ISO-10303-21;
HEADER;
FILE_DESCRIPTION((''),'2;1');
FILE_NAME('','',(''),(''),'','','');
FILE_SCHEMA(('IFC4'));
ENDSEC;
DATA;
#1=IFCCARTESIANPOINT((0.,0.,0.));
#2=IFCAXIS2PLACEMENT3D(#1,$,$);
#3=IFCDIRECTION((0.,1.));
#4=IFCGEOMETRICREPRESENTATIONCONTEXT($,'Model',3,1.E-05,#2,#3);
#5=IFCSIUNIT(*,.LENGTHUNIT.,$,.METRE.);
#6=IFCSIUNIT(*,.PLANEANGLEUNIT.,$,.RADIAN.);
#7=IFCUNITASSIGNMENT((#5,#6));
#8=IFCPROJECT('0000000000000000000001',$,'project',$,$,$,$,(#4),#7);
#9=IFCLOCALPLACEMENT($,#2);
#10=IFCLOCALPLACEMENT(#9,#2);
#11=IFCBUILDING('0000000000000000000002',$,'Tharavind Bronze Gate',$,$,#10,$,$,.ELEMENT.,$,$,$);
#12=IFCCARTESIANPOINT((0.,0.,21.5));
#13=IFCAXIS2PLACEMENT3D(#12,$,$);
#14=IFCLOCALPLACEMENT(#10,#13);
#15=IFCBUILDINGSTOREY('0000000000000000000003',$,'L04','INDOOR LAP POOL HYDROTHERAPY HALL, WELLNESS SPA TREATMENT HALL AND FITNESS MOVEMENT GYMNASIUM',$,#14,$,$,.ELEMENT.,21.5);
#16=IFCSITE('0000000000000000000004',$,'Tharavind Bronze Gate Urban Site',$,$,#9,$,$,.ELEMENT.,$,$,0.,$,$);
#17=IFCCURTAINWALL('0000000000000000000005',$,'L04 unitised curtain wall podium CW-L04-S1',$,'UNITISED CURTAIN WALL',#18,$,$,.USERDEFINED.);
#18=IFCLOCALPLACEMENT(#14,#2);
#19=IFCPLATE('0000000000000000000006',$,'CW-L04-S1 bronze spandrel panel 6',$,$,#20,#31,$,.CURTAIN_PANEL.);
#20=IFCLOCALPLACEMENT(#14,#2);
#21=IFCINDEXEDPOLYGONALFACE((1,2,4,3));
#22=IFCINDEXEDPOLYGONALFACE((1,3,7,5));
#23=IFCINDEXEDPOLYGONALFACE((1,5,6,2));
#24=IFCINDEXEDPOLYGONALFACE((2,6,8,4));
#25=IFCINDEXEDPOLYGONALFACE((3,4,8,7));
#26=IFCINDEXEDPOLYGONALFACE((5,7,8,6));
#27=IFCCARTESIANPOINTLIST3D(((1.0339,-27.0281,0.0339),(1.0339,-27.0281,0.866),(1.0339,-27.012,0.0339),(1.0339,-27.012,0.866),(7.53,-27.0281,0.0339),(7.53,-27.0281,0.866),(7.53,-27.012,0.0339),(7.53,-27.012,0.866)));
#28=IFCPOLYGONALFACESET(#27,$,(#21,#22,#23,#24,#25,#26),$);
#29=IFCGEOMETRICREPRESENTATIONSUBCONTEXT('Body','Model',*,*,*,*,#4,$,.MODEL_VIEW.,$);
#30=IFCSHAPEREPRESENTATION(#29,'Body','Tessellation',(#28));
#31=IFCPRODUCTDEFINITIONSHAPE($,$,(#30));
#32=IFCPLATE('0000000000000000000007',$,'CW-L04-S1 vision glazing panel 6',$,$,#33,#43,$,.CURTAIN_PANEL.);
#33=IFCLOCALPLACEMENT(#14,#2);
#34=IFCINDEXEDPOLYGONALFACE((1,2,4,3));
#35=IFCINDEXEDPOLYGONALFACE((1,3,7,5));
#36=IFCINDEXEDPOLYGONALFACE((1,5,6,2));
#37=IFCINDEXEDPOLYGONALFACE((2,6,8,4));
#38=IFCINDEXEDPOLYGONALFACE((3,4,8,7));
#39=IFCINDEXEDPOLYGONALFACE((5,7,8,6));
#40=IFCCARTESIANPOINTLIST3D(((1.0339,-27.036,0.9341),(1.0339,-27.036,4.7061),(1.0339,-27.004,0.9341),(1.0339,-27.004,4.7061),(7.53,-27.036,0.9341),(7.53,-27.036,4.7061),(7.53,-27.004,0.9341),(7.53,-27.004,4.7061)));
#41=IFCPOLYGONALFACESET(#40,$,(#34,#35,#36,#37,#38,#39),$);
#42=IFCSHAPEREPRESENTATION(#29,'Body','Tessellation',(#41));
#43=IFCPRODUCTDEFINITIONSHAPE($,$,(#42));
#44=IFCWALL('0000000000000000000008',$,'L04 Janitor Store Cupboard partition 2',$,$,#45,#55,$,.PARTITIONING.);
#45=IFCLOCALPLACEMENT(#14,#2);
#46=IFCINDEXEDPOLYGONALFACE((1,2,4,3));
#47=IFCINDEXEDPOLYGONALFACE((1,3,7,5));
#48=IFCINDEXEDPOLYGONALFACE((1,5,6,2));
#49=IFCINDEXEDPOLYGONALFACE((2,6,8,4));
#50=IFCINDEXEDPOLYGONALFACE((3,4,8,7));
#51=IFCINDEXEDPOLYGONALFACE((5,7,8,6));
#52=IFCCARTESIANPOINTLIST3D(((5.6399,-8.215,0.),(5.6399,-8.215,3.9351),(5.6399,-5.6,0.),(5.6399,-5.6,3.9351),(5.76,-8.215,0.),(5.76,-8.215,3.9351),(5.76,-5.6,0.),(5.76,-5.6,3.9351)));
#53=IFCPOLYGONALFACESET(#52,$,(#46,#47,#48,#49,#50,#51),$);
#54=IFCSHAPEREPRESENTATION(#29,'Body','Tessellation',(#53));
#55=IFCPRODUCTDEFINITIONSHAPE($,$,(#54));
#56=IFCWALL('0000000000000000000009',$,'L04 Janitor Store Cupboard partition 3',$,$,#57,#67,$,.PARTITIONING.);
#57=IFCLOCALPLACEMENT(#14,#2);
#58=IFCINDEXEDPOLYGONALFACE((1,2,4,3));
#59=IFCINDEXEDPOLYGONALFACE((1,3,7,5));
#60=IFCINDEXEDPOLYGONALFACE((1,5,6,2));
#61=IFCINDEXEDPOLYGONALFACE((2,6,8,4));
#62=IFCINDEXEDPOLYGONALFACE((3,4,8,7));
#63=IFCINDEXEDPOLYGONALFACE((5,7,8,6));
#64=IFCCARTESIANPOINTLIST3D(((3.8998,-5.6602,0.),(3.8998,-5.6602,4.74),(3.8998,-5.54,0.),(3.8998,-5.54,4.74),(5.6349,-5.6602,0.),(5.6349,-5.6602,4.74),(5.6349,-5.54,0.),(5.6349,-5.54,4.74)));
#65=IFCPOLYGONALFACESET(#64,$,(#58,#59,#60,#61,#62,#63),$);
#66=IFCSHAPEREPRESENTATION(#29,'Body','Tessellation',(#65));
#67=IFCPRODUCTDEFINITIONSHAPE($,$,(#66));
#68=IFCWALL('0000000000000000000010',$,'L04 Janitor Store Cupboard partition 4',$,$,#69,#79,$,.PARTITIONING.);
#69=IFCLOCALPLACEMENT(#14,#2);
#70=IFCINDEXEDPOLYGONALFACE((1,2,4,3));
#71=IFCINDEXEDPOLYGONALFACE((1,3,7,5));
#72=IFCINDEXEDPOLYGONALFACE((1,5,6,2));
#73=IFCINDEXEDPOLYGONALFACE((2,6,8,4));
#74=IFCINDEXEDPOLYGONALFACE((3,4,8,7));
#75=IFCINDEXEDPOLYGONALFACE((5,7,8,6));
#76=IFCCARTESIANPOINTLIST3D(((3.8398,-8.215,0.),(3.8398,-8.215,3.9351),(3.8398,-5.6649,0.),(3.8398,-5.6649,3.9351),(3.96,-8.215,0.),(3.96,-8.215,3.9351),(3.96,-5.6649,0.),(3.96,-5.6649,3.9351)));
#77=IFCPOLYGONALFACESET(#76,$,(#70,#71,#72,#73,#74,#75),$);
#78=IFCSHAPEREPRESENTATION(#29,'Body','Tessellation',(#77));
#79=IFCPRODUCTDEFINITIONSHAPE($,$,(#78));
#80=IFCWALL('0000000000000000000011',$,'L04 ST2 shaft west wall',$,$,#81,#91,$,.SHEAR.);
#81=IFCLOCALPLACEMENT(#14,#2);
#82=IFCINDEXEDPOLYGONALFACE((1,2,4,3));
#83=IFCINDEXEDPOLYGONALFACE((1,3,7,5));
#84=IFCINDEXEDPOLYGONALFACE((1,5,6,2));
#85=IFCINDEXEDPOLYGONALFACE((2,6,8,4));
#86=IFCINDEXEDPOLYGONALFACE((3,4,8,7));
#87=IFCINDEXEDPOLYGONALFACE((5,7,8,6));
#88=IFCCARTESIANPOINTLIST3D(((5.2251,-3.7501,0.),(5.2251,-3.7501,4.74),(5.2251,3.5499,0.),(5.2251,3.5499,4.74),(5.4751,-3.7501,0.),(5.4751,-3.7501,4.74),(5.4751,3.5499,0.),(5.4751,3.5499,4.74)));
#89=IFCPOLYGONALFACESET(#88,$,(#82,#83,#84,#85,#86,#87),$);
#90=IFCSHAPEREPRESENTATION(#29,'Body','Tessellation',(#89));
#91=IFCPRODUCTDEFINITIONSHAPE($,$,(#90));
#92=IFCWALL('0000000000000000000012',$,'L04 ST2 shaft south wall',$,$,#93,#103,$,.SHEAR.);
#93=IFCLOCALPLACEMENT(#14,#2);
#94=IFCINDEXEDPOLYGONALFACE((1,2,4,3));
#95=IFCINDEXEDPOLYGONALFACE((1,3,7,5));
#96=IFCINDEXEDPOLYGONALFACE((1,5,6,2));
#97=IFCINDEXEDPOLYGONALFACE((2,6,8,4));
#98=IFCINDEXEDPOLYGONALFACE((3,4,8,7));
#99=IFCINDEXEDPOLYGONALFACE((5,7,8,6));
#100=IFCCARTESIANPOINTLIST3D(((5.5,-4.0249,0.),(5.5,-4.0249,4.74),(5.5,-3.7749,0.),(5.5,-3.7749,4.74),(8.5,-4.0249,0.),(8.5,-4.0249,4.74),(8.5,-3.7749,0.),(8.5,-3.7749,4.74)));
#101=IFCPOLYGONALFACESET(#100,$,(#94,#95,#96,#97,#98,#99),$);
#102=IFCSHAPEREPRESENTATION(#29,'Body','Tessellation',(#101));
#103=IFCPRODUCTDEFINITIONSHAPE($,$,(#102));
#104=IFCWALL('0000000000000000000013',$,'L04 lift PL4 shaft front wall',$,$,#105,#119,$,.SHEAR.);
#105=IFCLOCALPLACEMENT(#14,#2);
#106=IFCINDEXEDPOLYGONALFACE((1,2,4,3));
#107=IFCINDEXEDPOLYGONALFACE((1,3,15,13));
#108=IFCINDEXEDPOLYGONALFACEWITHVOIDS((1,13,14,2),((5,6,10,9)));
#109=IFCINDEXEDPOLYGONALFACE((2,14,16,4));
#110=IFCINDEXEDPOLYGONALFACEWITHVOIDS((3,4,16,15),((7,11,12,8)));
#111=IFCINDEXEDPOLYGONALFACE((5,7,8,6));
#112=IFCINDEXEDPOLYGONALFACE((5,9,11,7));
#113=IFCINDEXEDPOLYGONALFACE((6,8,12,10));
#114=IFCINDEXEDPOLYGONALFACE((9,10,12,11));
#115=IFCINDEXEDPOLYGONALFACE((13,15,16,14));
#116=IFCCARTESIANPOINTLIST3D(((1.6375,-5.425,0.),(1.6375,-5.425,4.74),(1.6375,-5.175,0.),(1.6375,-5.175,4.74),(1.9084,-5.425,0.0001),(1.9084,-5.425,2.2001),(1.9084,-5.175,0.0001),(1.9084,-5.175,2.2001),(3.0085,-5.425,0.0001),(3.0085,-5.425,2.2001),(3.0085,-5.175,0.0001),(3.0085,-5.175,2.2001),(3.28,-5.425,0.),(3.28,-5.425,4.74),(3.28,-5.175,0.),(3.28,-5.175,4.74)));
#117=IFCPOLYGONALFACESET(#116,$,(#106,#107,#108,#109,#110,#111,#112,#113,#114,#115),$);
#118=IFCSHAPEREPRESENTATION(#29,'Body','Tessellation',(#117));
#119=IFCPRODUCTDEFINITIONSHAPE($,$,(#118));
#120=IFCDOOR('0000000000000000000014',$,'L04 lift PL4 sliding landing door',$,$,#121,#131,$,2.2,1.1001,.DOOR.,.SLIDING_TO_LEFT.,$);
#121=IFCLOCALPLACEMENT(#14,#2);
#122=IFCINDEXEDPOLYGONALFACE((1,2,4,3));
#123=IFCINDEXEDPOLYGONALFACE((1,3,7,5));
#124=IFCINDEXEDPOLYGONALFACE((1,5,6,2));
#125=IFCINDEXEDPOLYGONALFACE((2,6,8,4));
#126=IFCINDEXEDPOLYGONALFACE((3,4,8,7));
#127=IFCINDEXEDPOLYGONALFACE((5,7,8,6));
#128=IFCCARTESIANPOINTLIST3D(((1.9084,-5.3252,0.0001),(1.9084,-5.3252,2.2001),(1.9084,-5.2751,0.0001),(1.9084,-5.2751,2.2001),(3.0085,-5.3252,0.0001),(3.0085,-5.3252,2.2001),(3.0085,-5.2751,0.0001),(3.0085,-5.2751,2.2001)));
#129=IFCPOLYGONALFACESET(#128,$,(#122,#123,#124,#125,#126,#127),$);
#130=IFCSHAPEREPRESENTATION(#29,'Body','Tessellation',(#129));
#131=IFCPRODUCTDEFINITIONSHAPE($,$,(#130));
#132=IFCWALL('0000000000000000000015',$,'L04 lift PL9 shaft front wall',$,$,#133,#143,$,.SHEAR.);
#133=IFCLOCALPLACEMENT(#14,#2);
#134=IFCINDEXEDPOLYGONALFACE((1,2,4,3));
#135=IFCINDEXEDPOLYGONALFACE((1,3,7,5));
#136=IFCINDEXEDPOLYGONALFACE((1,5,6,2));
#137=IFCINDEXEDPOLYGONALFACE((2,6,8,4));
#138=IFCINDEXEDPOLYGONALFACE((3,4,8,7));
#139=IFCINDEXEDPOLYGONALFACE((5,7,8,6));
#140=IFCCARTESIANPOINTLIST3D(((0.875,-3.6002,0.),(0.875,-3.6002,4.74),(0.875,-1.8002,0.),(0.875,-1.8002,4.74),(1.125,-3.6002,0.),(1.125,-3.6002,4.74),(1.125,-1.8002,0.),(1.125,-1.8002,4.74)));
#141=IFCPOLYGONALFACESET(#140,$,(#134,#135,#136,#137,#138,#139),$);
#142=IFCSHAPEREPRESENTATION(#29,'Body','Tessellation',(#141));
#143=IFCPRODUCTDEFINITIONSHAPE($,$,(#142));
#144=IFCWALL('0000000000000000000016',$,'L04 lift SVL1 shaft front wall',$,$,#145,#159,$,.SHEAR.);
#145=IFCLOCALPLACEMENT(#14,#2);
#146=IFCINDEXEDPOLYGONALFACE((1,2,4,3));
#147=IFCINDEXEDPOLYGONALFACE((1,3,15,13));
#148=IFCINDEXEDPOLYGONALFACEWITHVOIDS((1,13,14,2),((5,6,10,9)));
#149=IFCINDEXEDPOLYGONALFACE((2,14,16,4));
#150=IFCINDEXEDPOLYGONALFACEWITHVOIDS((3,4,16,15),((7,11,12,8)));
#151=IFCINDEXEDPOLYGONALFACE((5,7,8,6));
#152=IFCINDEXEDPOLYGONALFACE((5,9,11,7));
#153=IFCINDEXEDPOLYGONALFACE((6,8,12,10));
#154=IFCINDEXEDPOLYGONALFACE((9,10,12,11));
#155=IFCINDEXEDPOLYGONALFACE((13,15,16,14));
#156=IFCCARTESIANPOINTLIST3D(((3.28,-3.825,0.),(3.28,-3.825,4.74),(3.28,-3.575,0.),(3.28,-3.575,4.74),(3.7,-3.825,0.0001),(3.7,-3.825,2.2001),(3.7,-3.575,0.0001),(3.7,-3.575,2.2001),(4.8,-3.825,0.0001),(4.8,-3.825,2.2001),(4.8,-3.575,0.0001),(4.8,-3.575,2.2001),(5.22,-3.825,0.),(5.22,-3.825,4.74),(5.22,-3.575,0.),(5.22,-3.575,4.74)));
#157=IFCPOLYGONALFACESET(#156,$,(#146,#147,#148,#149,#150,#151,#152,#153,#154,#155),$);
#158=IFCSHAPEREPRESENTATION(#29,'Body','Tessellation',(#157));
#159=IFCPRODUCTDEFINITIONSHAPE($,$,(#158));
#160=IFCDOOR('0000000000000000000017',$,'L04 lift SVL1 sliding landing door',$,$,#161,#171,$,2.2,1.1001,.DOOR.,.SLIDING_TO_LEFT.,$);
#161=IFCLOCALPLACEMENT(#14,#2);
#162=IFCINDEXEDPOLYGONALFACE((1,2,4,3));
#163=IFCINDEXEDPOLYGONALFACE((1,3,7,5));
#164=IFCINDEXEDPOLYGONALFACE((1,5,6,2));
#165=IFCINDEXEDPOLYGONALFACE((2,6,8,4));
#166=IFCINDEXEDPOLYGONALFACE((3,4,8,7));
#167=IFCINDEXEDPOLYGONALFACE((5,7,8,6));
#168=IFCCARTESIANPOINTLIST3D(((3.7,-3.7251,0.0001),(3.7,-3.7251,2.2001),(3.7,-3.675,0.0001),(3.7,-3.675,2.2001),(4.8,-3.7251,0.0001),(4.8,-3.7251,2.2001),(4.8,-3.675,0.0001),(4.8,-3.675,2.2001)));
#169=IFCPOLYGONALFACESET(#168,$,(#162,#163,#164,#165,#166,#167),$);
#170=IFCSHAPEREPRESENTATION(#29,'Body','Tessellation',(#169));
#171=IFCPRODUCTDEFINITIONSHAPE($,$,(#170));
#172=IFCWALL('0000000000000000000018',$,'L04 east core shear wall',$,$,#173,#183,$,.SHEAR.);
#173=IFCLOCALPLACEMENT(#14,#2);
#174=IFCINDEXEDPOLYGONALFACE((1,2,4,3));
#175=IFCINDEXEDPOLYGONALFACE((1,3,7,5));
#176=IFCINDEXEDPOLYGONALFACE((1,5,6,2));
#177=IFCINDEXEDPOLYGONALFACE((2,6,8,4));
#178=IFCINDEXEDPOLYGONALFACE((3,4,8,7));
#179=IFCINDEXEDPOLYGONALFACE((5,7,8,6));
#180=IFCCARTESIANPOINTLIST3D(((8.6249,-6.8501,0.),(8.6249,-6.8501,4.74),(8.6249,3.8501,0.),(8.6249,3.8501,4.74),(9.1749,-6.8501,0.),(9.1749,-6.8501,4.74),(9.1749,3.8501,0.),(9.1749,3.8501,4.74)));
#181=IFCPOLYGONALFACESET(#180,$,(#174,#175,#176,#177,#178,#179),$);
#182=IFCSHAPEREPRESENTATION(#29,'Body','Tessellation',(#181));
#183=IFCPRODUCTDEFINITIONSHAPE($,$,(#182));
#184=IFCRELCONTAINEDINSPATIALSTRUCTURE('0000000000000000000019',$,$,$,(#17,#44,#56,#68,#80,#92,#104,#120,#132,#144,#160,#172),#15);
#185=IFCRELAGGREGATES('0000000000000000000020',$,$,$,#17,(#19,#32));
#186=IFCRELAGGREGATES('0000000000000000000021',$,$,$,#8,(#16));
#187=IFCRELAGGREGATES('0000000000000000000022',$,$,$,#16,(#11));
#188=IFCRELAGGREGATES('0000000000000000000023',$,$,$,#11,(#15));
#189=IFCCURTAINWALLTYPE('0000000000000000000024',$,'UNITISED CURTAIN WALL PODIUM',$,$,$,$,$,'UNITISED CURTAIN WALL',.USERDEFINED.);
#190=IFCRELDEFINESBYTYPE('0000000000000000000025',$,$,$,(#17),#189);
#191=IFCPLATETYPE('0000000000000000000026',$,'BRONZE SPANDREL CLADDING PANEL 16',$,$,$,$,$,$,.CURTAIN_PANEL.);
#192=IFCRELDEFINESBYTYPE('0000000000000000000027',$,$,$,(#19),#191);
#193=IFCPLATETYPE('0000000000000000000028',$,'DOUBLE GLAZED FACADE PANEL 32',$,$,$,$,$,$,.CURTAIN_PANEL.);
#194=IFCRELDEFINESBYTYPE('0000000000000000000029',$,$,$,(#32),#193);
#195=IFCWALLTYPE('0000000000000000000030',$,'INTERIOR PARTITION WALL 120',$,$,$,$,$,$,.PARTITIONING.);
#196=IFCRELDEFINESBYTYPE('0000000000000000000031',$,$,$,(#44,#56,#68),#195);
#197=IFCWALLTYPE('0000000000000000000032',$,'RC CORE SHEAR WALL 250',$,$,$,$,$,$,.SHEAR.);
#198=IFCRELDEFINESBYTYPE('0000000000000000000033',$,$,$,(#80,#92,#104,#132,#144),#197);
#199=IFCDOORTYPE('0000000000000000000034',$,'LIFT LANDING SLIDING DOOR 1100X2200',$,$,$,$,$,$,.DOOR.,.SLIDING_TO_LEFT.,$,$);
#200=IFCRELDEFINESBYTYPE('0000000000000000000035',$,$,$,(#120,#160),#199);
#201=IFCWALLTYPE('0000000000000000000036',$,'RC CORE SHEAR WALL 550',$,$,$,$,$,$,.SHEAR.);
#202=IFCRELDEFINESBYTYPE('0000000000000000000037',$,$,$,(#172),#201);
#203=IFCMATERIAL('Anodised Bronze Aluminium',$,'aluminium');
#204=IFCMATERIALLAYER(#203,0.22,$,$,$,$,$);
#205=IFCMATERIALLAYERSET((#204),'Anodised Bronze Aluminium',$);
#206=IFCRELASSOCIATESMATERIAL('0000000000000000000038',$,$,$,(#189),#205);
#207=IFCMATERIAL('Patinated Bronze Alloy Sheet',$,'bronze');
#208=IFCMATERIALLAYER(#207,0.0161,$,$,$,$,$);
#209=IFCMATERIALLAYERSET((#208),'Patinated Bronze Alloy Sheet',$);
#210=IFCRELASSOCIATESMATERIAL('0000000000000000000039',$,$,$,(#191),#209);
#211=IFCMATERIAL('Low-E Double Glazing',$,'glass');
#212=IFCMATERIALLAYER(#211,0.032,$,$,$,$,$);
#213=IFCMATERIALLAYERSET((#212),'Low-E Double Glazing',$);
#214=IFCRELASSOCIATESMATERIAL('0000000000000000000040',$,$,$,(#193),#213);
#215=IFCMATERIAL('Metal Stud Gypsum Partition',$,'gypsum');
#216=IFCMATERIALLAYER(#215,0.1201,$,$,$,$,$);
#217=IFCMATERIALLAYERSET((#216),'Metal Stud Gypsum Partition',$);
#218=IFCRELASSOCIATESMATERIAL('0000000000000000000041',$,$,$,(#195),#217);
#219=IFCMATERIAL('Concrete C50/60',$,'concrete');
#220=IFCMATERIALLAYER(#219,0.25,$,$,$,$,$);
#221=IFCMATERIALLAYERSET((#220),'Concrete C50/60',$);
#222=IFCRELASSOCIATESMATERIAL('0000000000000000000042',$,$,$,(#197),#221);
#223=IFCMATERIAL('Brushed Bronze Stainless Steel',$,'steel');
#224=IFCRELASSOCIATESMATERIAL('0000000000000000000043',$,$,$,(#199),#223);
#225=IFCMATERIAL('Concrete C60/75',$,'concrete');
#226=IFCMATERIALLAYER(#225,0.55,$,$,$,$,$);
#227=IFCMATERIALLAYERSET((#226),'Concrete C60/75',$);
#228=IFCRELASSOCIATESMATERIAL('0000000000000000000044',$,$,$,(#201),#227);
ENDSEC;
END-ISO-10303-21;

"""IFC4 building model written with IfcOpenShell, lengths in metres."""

from ifc_helpers import new_model, si_unit, direction, frame, frame_2d, origin, origin_2d, place, context, subcontext, project, spatial, rectangle, extrude, material, layer, layer_set, type_object, element, fill, aggregate, save


model = new_model("IFC4")

# Units and contexts
model_context = context("Model", 3, precision=1e-05, world=origin(), true_north=direction((0.0, 1.0)))
body_context = subcontext(model_context, "Body", "Model", "MODEL_VIEW")
ifc_project = project(units=[si_unit("LENGTHUNIT", "METRE"), si_unit("PLANEANGLEUNIT", "RADIAN")], contexts=[model_context])

# Site, building, storey
site_placement = place(None, origin())
site = spatial("IfcSite", under=ifc_project, at=site_placement, Name="Tharavind Bronze Gate Urban Site", CompositionType="ELEMENT", RefElevation=0.0)
building_placement = place(site_placement, origin())
building = spatial("IfcBuilding", under=site, at=building_placement, Name="Tharavind Bronze Gate", CompositionType="ELEMENT")
storey_placement = place(building_placement, frame((0.0, 0.0, 21.5)))
storey = spatial("IfcBuildingStorey", under=building, at=storey_placement, Name="L04", Description="INDOOR LAP POOL HYDROTHERAPY HALL, WELLNESS SPA TREATMENT HALL AND FITNESS MOVEMENT GYMNASIUM", CompositionType="ELEMENT", Elevation=21.5)

# Curtain wall
ifc_material_1 = material(Name="Anodised Bronze Aluminium", Category="aluminium")
ifc_layer_1 = layer(ifc_material_1, 0.22)
ifc_layer_set_1 = layer_set([ifc_layer_1], Name="Anodised Bronze Aluminium")
curtain_wall_type = type_object("IfcCurtainWallType", Name="UNITISED CURTAIN WALL PODIUM", ElementType="UNITISED CURTAIN WALL", PredefinedType="USERDEFINED", material=ifc_layer_set_1)
curtain_wall_placement = place(storey_placement, origin())
curtain_wall = element("IfcCurtainWall", 1, at=curtain_wall_placement, inside=storey, type_object=curtain_wall_type, Name="L04 unitised curtain wall podium CW-L04-S1", ObjectType="UNITISED CURTAIN WALL", PredefinedType="USERDEFINED")

# Plates
ifc_material_2 = material(Name="Patinated Bronze Alloy Sheet", Category="bronze")
ifc_layer_2 = layer(ifc_material_2, 0.0161)
ifc_layer_set_2 = layer_set([ifc_layer_2], Name="Patinated Bronze Alloy Sheet")
plate_type_1 = type_object("IfcPlateType", Name="BRONZE SPANDREL CLADDING PANEL 16", PredefinedType="CURTAIN_PANEL", material=ifc_layer_set_2)
plate_1_placement = place(storey_placement, frame((4.282, -27.02, 0.0339), z_axis=(0.0, 0.0, 1.0), x_axis=(1.0, 0.0, 0.0)))
plate_1 = element("IfcPlate", 2, at=plate_1_placement, type_object=plate_type_1, Name="CW-L04-S1 bronze spandrel panel 6", PredefinedType="CURTAIN_PANEL", context=body_context, shape_type="SweptSolid", body=[
    extrude(rectangle(XDim=6.4961, YDim=0.0161, at=origin_2d()), origin(), (0.0, 0.0, 1.0), 0.832),
])
ifc_material_3 = material(Name="Low-E Double Glazing", Category="glass")
ifc_layer_3 = layer(ifc_material_3, 0.032)
ifc_layer_set_3 = layer_set([ifc_layer_3], Name="Low-E Double Glazing")
plate_type_2 = type_object("IfcPlateType", Name="DOUBLE GLAZED FACADE PANEL 32", PredefinedType="CURTAIN_PANEL", material=ifc_layer_set_3)
plate_2_placement = place(storey_placement, frame((4.282, -27.02, 0.9341), z_axis=(0.0, 0.0, 1.0), x_axis=(1.0, 0.0, 0.0)))
plate_2 = element("IfcPlate", 3, at=plate_2_placement, type_object=plate_type_2, Name="CW-L04-S1 vision glazing panel 6", PredefinedType="CURTAIN_PANEL", context=body_context, shape_type="SweptSolid", body=[
    extrude(rectangle(XDim=6.4961, YDim=0.032, at=origin_2d()), origin(), (0.0, 0.0, 1.0), 3.772),
])
aggregate(curtain_wall, [plate_1, plate_2])

# Walls
ifc_material_4 = material(Name="Metal Stud Gypsum Partition", Category="gypsum")
ifc_layer_4 = layer(ifc_material_4, 0.1201)
ifc_layer_set_4 = layer_set([ifc_layer_4], Name="Metal Stud Gypsum Partition")
wall_type_1 = type_object("IfcWallType", Name="INTERIOR PARTITION WALL 120", PredefinedType="PARTITIONING", material=ifc_layer_set_4)
wall_1_placement = place(storey_placement, frame((5.7, -8.2151, 0.0), z_axis=(0.0, 0.0, 1.0), x_axis=(0.0, 1.0, 0.0)))
element("IfcWall", 4, at=wall_1_placement, inside=storey, type_object=wall_type_1, Name="L04 Janitor Store Cupboard partition 2", PredefinedType="PARTITIONING", context=body_context, shape_type="SweptSolid", body=[
    extrude(rectangle(XDim=2.615, YDim=0.1201, at=frame_2d((1.3076, 0.0))), origin(), (0.0, 0.0, 1.0), 3.9351),
])
wall_2_placement = place(storey_placement, frame((5.635, -5.6001, 0.0), z_axis=(0.0, 0.0, 1.0), x_axis=(-1.0, 0.0, 0.0)))
element("IfcWall", 5, at=wall_2_placement, inside=storey, type_object=wall_type_1, Name="L04 Janitor Store Cupboard partition 3", PredefinedType="PARTITIONING", context=body_context, shape_type="SweptSolid", body=[
    extrude(rectangle(XDim=1.7351, YDim=0.1201, at=frame_2d((0.8677, 0.0))), origin(), (0.0, 0.0, 1.0), 4.74),
])
wall_3_placement = place(storey_placement, frame((3.8999, -5.665, 0.0), z_axis=(0.0, 0.0, 1.0), x_axis=(0.0, -1.0, 0.0)))
element("IfcWall", 6, at=wall_3_placement, inside=storey, type_object=wall_type_1, Name="L04 Janitor Store Cupboard partition 4", PredefinedType="PARTITIONING", context=body_context, shape_type="SweptSolid", body=[
    extrude(rectangle(XDim=2.55, YDim=0.1201, at=frame_2d((1.2749, 0.0))), origin(), (0.0, 0.0, 1.0), 3.9351),
])
ifc_material_5 = material(Name="Concrete C50/60", Category="concrete")
ifc_layer_5 = layer(ifc_material_5, 0.25)
ifc_layer_set_5 = layer_set([ifc_layer_5], Name="Concrete C50/60")
wall_type_2 = type_object("IfcWallType", Name="RC CORE SHEAR WALL 250", PredefinedType="SHEAR", material=ifc_layer_set_5)
wall_4_placement = place(storey_placement, frame((5.3501, -3.75, 0.0), z_axis=(0.0, 0.0, 1.0), x_axis=(0.0, 1.0, 0.0)))
element("IfcWall", 7, at=wall_4_placement, inside=storey, type_object=wall_type_2, Name="L04 ST2 shaft west wall", PredefinedType="SHEAR", context=body_context, shape_type="SweptSolid", body=[
    extrude(rectangle(XDim=7.3, YDim=0.25, at=frame_2d((3.6499, 0.0))), origin(), (0.0, 0.0, 1.0), 4.74),
])
wall_5_placement = place(storey_placement, frame((5.5, -3.8999, 0.0), z_axis=(0.0, 0.0, 1.0), x_axis=(1.0, 0.0, 0.0)))
element("IfcWall", 8, at=wall_5_placement, inside=storey, type_object=wall_type_2, Name="L04 ST2 shaft south wall", PredefinedType="SHEAR", context=body_context, shape_type="SweptSolid", body=[
    extrude(rectangle(XDim=3.0, YDim=0.25, at=frame_2d((1.5, 0.0))), origin(), (0.0, 0.0, 1.0), 4.74),
])

# Wall, opening, door
wall_6_placement = place(storey_placement, frame((1.6375, -5.3, 0.0), z_axis=(0.0, 0.0, 1.0), x_axis=(1.0, 0.0, 0.0)))
wall_6 = element("IfcWall", 9, at=wall_6_placement, inside=storey, type_object=wall_type_2, Name="L04 lift PL4 shaft front wall", PredefinedType="SHEAR", context=body_context, shape_type="SweptSolid", body=[
    extrude(rectangle(XDim=1.6426, YDim=0.25, at=frame_2d((0.8213, 0.0))), origin(), (0.0, 0.0, 1.0), 4.74),
])
opening_1_placement = place(wall_6_placement, frame((0.271, 0.0, 0.0)))
opening_1 = element("IfcOpeningElement", 10, at=opening_1_placement, cuts=wall_6, PredefinedType="OPENING", context=body_context, shape_type="SweptSolid", body=[
    extrude(rectangle(XDim=1.1001, YDim=2.2, at=frame_2d((0.55, 1.1001))), frame((0.0, 0.135, 0.0), z_axis=(0.0, -1.0, 0.0), x_axis=(1.0, 0.0, 0.0)), (0.0, 0.0, 1.0), 0.27),
])
ifc_material_6 = material(Name="Brushed Bronze Stainless Steel", Category="steel")
door_type = type_object("IfcDoorType", Name="LIFT LANDING SLIDING DOOR 1100X2200", OperationType="SLIDING_TO_LEFT", PredefinedType="DOOR", material=ifc_material_6)
door_1_placement = place(opening_1_placement, origin())
door_1 = element("IfcDoor", 11, at=door_1_placement, inside=storey, type_object=door_type, Name="L04 lift PL4 sliding landing door", OperationType="SLIDING_TO_LEFT", OverallHeight=2.2, OverallWidth=1.1001, PredefinedType="DOOR", context=body_context, shape_type="SweptSolid", body=[
    extrude(rectangle(XDim=1.1001, YDim=2.2, at=frame_2d((0.55, 1.1001))), frame((0.0, 0.0249, 0.0), z_axis=(0.0, -1.0, 0.0), x_axis=(1.0, 0.0, 0.0)), (0.0, 0.0, 1.0), 0.05),
])
fill(opening_1, door_1)

# Wall
wall_7_placement = place(storey_placement, frame((1.0, -3.6001, 0.0), z_axis=(0.0, 0.0, 1.0), x_axis=(0.0, 1.0, 0.0)))
element("IfcWall", 12, at=wall_7_placement, inside=storey, type_object=wall_type_2, Name="L04 lift PL9 shaft front wall", PredefinedType="SHEAR", context=body_context, shape_type="SweptSolid", body=[
    extrude(rectangle(XDim=1.8, YDim=0.25, at=frame_2d((0.8999, 0.0))), origin(), (0.0, 0.0, 1.0), 4.74),
])

# Wall, opening, door
wall_8_placement = place(storey_placement, frame((3.28, -3.7, 0.0), z_axis=(0.0, 0.0, 1.0), x_axis=(1.0, 0.0, 0.0)))
wall_8 = element("IfcWall", 13, at=wall_8_placement, inside=storey, type_object=wall_type_2, Name="L04 lift SVL1 shaft front wall", PredefinedType="SHEAR", context=body_context, shape_type="SweptSolid", body=[
    extrude(rectangle(XDim=1.9399, YDim=0.25, at=frame_2d((0.97, 0.0))), origin(), (0.0, 0.0, 1.0), 4.74),
])
opening_2_placement = place(wall_8_placement, frame((0.4199, 0.0, 0.0)))
opening_2 = element("IfcOpeningElement", 14, at=opening_2_placement, cuts=wall_8, PredefinedType="OPENING", context=body_context, shape_type="SweptSolid", body=[
    extrude(rectangle(XDim=1.1001, YDim=2.2, at=frame_2d((0.55, 1.1001))), frame((0.0, 0.135, 0.0), z_axis=(0.0, -1.0, 0.0), x_axis=(1.0, 0.0, 0.0)), (0.0, 0.0, 1.0), 0.27),
])
door_2_placement = place(opening_2_placement, origin())
door_2 = element("IfcDoor", 15, at=door_2_placement, inside=storey, type_object=door_type, Name="L04 lift SVL1 sliding landing door", OperationType="SLIDING_TO_LEFT", OverallHeight=2.2, OverallWidth=1.1001, PredefinedType="DOOR", context=body_context, shape_type="SweptSolid", body=[
    extrude(rectangle(XDim=1.1001, YDim=2.2, at=frame_2d((0.55, 1.1001))), frame((0.0, 0.0249, 0.0), z_axis=(0.0, -1.0, 0.0), x_axis=(1.0, 0.0, 0.0)), (0.0, 0.0, 1.0), 0.05),
])
fill(opening_2, door_2)

# Wall
ifc_material_7 = material(Name="Concrete C60/75", Category="concrete")
ifc_layer_6 = layer(ifc_material_7, 0.55)
ifc_layer_set_6 = layer_set([ifc_layer_6], Name="Concrete C60/75")
wall_type_3 = type_object("IfcWallType", Name="RC CORE SHEAR WALL 550", PredefinedType="SHEAR", material=ifc_layer_set_6)
wall_9_placement = place(storey_placement, frame((8.8999, -6.8501, 0.0), z_axis=(0.0, 0.0, 1.0), x_axis=(0.0, 1.0, 0.0)))
element("IfcWall", 16, at=wall_9_placement, inside=storey, type_object=wall_type_3, Name="L04 east core shear wall", PredefinedType="SHEAR", context=body_context, shape_type="SweptSolid", body=[
    extrude(rectangle(XDim=10.7002, YDim=0.55, at=frame_2d((5.3501, 0.0))), origin(), (0.0, 0.0, 1.0), 4.74),
])

save(model, "model.ifc")
